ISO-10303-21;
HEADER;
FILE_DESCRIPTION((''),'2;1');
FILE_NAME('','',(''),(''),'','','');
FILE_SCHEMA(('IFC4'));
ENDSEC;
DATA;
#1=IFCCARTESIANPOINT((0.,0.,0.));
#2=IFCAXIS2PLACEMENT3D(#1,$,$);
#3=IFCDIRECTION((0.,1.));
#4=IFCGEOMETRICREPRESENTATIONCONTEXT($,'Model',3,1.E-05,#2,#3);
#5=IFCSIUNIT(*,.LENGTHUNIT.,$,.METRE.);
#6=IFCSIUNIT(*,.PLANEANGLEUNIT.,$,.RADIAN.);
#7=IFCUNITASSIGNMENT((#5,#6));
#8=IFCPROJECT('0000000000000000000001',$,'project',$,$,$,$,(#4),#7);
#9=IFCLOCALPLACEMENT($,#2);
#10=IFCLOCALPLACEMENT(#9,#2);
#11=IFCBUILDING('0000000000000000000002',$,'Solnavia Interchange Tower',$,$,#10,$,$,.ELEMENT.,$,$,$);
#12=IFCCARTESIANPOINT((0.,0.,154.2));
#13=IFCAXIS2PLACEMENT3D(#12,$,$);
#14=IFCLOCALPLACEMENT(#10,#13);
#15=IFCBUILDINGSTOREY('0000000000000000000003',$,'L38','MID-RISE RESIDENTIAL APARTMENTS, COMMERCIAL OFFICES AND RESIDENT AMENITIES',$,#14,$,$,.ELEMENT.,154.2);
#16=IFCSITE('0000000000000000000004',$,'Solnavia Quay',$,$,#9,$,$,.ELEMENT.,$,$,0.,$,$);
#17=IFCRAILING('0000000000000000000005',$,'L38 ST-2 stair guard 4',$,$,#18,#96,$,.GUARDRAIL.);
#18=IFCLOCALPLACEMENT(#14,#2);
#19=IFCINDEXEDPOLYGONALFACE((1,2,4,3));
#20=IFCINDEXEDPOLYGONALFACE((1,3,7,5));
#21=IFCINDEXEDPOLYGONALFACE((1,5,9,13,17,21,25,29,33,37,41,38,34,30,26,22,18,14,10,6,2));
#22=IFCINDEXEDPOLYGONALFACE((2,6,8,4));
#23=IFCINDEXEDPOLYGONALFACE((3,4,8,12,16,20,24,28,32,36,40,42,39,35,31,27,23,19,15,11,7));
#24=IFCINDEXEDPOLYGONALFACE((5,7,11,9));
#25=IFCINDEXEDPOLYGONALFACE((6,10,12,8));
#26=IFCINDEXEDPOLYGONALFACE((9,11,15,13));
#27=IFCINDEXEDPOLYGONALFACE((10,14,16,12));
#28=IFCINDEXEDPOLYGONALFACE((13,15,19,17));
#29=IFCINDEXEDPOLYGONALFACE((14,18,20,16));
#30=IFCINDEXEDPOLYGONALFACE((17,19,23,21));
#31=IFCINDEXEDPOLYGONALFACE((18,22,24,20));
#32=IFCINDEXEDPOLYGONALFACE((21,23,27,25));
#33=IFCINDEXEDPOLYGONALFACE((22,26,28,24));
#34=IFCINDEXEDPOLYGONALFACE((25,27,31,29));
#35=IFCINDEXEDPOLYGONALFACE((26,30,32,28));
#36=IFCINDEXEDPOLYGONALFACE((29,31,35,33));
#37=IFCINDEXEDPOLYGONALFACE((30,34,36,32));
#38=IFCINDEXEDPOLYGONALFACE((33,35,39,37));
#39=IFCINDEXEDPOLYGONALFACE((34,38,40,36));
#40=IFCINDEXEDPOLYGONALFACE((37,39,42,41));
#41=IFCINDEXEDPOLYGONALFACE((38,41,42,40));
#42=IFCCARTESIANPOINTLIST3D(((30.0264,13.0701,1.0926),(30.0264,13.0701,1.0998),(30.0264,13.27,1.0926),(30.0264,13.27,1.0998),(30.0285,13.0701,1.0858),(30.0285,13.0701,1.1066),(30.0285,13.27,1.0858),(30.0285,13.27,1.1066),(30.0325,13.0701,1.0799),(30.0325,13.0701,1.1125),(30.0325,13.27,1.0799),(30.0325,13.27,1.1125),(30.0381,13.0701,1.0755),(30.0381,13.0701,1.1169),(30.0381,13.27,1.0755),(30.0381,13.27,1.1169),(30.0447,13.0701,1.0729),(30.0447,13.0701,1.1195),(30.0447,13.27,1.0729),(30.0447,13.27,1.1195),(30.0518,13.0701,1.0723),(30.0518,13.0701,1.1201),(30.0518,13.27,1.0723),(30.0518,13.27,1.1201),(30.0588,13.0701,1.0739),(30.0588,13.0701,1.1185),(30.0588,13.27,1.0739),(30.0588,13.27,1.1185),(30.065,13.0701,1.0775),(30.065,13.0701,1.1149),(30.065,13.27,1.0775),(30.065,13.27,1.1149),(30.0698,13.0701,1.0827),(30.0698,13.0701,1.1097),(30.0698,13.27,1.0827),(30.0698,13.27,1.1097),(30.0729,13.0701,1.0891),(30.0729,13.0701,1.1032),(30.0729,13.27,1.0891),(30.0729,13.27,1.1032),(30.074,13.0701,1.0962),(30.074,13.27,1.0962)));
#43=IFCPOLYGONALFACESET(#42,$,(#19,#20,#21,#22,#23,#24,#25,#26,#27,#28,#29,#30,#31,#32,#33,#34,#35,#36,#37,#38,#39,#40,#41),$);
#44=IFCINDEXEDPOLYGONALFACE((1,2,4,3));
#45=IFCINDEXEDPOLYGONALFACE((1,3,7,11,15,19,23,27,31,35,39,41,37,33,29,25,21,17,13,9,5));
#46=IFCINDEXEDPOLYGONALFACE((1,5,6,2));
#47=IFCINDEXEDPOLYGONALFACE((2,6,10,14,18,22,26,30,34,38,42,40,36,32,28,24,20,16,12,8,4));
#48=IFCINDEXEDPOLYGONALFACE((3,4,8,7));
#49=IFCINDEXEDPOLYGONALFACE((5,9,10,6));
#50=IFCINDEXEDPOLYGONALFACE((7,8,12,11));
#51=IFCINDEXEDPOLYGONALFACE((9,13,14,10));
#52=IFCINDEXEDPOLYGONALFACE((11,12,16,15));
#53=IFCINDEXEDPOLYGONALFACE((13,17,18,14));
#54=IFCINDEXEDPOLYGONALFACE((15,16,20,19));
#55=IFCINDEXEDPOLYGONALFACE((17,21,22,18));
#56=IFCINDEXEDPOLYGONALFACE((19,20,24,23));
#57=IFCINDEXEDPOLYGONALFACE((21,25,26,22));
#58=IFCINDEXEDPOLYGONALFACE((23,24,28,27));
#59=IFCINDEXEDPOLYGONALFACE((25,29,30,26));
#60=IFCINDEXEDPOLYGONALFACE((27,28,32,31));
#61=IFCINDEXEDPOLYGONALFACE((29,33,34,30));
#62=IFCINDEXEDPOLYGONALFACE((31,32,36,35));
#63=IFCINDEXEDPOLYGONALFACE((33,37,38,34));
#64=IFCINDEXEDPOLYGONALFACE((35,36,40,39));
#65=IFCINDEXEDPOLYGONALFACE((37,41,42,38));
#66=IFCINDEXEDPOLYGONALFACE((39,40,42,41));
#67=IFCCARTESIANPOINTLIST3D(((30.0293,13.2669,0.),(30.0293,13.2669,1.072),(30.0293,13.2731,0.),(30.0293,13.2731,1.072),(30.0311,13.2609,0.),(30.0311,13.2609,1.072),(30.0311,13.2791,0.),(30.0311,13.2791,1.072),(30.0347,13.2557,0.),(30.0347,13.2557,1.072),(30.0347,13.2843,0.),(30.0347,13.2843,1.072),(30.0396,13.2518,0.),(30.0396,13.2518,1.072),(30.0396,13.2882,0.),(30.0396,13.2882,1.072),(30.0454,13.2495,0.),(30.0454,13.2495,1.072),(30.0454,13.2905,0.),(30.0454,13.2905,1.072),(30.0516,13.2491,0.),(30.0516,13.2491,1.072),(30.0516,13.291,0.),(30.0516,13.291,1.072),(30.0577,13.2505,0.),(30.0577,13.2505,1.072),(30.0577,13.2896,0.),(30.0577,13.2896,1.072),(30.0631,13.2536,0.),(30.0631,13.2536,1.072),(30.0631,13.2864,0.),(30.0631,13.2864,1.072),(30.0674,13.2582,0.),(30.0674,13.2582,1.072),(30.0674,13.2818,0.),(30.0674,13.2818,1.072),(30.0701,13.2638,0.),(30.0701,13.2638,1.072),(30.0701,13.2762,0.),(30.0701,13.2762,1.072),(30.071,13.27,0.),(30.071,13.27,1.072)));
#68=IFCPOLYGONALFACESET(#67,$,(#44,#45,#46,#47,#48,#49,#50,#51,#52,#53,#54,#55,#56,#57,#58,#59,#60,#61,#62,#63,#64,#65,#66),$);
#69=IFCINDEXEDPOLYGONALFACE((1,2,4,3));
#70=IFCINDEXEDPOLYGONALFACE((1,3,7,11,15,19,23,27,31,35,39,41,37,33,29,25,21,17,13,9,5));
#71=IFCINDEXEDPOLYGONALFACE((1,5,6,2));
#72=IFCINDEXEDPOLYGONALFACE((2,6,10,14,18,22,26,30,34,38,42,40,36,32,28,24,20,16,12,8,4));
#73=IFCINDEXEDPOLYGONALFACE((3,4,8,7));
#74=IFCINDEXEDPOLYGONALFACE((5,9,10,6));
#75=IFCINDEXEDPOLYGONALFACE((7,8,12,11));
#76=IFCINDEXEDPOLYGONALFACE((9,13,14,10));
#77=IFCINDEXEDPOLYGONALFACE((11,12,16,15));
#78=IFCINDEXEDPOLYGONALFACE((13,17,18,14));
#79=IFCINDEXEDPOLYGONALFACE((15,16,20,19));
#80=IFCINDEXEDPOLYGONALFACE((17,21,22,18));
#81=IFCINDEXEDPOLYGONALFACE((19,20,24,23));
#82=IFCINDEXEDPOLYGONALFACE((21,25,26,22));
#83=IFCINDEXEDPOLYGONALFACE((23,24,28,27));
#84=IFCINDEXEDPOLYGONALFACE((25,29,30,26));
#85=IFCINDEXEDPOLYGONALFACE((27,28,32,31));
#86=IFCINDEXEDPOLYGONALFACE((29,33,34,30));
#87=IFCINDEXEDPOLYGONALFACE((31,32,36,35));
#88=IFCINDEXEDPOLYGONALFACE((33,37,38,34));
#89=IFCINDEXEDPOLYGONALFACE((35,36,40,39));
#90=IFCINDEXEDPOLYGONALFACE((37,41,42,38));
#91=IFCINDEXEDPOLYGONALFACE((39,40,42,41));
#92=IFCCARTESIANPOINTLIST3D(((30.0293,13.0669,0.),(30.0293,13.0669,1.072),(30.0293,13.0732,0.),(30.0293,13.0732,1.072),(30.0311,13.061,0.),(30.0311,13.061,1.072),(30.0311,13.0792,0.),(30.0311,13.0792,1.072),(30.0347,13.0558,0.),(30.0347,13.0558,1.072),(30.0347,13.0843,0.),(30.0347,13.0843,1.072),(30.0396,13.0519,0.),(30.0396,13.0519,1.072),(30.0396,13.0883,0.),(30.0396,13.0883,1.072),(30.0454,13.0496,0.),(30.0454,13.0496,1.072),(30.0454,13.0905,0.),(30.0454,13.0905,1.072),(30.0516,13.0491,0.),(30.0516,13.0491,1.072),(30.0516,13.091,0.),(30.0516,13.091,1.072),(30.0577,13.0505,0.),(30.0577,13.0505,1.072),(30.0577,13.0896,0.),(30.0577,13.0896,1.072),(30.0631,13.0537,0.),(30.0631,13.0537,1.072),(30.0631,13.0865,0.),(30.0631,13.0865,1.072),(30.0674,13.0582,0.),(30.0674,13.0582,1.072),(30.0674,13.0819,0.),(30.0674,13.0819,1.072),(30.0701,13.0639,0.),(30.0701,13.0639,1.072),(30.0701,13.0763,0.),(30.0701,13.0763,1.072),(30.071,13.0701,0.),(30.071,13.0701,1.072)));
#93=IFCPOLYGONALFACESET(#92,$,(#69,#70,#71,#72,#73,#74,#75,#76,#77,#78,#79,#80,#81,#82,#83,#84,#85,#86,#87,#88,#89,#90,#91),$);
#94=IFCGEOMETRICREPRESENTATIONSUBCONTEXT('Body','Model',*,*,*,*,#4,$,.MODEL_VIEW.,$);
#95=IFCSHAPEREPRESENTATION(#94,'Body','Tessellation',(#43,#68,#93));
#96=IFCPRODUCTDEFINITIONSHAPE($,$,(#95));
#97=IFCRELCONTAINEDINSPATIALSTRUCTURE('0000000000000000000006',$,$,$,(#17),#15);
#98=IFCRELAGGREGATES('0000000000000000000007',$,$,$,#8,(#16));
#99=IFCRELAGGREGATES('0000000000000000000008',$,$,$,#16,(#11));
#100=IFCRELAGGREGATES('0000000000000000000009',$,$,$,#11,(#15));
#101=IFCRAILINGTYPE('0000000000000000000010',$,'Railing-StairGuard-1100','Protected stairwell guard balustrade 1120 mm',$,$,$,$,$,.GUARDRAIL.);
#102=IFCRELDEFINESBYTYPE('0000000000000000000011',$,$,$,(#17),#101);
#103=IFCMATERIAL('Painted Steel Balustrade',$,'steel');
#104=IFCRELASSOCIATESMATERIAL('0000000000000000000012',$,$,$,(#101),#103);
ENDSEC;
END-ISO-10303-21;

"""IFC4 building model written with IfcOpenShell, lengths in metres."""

from ifc_helpers import new_model, si_unit, direction, frame, origin, origin_2d, place, context, subcontext, project, spatial, circle, extrude, material, type_object, element, save


model = new_model("IFC4")

# Units and contexts
model_context = context("Model", 3, precision=1e-05, world=origin(), true_north=direction((0.0, 1.0)))
body_context = subcontext(model_context, "Body", "Model", "MODEL_VIEW")
ifc_project = project(units=[si_unit("LENGTHUNIT", "METRE"), si_unit("PLANEANGLEUNIT", "RADIAN")], contexts=[model_context])

# Site, building, storey
site_placement = place(None, origin())
site = spatial("IfcSite", under=ifc_project, at=site_placement, Name="Solnavia Quay", CompositionType="ELEMENT", RefElevation=0.0)
building_placement = place(site_placement, origin())
building = spatial("IfcBuilding", under=site, at=building_placement, Name="Solnavia Interchange Tower", CompositionType="ELEMENT")
storey_placement = place(building_placement, frame((0.0, 0.0, 154.2)))
storey = spatial("IfcBuildingStorey", under=building, at=storey_placement, Name="L38", Description="MID-RISE RESIDENTIAL APARTMENTS, COMMERCIAL OFFICES AND RESIDENT AMENITIES", CompositionType="ELEMENT", Elevation=154.2)

# Railing
ifc_material_1 = material(Name="Painted Steel Balustrade", Category="steel")
railing_type_1 = type_object("IfcRailingType", Name="Railing-StairGuard-1100", Description="Protected stairwell guard balustrade 1120 mm", PredefinedType="GUARDRAIL", material=ifc_material_1)
railing_1_placement = place(storey_placement, frame((30.05, 13.27, 0.0)))
element("IfcRailing", 1, at=railing_1_placement, inside=storey, type_object=railing_type_1, Name="L38 ST-2 stair guard 4", PredefinedType="GUARDRAIL", context=body_context, shape_type="SweptSolid", body=[
    extrude(circle(Radius=0.0239, at=origin_2d()), frame((0.0, 0.0, 1.0962), z_axis=(0.0, -1.0, 0.0), x_axis=(1.0, 0.0, 0.0)), (0.0, 0.0, 1.0), 0.2),
    extrude(circle(Radius=0.021, at=origin_2d()), origin(), (0.0, 0.0, 1.0), 1.072),
    extrude(circle(Radius=0.021, at=origin_2d()), frame((0.0, -0.2, 0.0)), (0.0, 0.0, 1.0), 1.072),
])

save(model, "model.ifc")
